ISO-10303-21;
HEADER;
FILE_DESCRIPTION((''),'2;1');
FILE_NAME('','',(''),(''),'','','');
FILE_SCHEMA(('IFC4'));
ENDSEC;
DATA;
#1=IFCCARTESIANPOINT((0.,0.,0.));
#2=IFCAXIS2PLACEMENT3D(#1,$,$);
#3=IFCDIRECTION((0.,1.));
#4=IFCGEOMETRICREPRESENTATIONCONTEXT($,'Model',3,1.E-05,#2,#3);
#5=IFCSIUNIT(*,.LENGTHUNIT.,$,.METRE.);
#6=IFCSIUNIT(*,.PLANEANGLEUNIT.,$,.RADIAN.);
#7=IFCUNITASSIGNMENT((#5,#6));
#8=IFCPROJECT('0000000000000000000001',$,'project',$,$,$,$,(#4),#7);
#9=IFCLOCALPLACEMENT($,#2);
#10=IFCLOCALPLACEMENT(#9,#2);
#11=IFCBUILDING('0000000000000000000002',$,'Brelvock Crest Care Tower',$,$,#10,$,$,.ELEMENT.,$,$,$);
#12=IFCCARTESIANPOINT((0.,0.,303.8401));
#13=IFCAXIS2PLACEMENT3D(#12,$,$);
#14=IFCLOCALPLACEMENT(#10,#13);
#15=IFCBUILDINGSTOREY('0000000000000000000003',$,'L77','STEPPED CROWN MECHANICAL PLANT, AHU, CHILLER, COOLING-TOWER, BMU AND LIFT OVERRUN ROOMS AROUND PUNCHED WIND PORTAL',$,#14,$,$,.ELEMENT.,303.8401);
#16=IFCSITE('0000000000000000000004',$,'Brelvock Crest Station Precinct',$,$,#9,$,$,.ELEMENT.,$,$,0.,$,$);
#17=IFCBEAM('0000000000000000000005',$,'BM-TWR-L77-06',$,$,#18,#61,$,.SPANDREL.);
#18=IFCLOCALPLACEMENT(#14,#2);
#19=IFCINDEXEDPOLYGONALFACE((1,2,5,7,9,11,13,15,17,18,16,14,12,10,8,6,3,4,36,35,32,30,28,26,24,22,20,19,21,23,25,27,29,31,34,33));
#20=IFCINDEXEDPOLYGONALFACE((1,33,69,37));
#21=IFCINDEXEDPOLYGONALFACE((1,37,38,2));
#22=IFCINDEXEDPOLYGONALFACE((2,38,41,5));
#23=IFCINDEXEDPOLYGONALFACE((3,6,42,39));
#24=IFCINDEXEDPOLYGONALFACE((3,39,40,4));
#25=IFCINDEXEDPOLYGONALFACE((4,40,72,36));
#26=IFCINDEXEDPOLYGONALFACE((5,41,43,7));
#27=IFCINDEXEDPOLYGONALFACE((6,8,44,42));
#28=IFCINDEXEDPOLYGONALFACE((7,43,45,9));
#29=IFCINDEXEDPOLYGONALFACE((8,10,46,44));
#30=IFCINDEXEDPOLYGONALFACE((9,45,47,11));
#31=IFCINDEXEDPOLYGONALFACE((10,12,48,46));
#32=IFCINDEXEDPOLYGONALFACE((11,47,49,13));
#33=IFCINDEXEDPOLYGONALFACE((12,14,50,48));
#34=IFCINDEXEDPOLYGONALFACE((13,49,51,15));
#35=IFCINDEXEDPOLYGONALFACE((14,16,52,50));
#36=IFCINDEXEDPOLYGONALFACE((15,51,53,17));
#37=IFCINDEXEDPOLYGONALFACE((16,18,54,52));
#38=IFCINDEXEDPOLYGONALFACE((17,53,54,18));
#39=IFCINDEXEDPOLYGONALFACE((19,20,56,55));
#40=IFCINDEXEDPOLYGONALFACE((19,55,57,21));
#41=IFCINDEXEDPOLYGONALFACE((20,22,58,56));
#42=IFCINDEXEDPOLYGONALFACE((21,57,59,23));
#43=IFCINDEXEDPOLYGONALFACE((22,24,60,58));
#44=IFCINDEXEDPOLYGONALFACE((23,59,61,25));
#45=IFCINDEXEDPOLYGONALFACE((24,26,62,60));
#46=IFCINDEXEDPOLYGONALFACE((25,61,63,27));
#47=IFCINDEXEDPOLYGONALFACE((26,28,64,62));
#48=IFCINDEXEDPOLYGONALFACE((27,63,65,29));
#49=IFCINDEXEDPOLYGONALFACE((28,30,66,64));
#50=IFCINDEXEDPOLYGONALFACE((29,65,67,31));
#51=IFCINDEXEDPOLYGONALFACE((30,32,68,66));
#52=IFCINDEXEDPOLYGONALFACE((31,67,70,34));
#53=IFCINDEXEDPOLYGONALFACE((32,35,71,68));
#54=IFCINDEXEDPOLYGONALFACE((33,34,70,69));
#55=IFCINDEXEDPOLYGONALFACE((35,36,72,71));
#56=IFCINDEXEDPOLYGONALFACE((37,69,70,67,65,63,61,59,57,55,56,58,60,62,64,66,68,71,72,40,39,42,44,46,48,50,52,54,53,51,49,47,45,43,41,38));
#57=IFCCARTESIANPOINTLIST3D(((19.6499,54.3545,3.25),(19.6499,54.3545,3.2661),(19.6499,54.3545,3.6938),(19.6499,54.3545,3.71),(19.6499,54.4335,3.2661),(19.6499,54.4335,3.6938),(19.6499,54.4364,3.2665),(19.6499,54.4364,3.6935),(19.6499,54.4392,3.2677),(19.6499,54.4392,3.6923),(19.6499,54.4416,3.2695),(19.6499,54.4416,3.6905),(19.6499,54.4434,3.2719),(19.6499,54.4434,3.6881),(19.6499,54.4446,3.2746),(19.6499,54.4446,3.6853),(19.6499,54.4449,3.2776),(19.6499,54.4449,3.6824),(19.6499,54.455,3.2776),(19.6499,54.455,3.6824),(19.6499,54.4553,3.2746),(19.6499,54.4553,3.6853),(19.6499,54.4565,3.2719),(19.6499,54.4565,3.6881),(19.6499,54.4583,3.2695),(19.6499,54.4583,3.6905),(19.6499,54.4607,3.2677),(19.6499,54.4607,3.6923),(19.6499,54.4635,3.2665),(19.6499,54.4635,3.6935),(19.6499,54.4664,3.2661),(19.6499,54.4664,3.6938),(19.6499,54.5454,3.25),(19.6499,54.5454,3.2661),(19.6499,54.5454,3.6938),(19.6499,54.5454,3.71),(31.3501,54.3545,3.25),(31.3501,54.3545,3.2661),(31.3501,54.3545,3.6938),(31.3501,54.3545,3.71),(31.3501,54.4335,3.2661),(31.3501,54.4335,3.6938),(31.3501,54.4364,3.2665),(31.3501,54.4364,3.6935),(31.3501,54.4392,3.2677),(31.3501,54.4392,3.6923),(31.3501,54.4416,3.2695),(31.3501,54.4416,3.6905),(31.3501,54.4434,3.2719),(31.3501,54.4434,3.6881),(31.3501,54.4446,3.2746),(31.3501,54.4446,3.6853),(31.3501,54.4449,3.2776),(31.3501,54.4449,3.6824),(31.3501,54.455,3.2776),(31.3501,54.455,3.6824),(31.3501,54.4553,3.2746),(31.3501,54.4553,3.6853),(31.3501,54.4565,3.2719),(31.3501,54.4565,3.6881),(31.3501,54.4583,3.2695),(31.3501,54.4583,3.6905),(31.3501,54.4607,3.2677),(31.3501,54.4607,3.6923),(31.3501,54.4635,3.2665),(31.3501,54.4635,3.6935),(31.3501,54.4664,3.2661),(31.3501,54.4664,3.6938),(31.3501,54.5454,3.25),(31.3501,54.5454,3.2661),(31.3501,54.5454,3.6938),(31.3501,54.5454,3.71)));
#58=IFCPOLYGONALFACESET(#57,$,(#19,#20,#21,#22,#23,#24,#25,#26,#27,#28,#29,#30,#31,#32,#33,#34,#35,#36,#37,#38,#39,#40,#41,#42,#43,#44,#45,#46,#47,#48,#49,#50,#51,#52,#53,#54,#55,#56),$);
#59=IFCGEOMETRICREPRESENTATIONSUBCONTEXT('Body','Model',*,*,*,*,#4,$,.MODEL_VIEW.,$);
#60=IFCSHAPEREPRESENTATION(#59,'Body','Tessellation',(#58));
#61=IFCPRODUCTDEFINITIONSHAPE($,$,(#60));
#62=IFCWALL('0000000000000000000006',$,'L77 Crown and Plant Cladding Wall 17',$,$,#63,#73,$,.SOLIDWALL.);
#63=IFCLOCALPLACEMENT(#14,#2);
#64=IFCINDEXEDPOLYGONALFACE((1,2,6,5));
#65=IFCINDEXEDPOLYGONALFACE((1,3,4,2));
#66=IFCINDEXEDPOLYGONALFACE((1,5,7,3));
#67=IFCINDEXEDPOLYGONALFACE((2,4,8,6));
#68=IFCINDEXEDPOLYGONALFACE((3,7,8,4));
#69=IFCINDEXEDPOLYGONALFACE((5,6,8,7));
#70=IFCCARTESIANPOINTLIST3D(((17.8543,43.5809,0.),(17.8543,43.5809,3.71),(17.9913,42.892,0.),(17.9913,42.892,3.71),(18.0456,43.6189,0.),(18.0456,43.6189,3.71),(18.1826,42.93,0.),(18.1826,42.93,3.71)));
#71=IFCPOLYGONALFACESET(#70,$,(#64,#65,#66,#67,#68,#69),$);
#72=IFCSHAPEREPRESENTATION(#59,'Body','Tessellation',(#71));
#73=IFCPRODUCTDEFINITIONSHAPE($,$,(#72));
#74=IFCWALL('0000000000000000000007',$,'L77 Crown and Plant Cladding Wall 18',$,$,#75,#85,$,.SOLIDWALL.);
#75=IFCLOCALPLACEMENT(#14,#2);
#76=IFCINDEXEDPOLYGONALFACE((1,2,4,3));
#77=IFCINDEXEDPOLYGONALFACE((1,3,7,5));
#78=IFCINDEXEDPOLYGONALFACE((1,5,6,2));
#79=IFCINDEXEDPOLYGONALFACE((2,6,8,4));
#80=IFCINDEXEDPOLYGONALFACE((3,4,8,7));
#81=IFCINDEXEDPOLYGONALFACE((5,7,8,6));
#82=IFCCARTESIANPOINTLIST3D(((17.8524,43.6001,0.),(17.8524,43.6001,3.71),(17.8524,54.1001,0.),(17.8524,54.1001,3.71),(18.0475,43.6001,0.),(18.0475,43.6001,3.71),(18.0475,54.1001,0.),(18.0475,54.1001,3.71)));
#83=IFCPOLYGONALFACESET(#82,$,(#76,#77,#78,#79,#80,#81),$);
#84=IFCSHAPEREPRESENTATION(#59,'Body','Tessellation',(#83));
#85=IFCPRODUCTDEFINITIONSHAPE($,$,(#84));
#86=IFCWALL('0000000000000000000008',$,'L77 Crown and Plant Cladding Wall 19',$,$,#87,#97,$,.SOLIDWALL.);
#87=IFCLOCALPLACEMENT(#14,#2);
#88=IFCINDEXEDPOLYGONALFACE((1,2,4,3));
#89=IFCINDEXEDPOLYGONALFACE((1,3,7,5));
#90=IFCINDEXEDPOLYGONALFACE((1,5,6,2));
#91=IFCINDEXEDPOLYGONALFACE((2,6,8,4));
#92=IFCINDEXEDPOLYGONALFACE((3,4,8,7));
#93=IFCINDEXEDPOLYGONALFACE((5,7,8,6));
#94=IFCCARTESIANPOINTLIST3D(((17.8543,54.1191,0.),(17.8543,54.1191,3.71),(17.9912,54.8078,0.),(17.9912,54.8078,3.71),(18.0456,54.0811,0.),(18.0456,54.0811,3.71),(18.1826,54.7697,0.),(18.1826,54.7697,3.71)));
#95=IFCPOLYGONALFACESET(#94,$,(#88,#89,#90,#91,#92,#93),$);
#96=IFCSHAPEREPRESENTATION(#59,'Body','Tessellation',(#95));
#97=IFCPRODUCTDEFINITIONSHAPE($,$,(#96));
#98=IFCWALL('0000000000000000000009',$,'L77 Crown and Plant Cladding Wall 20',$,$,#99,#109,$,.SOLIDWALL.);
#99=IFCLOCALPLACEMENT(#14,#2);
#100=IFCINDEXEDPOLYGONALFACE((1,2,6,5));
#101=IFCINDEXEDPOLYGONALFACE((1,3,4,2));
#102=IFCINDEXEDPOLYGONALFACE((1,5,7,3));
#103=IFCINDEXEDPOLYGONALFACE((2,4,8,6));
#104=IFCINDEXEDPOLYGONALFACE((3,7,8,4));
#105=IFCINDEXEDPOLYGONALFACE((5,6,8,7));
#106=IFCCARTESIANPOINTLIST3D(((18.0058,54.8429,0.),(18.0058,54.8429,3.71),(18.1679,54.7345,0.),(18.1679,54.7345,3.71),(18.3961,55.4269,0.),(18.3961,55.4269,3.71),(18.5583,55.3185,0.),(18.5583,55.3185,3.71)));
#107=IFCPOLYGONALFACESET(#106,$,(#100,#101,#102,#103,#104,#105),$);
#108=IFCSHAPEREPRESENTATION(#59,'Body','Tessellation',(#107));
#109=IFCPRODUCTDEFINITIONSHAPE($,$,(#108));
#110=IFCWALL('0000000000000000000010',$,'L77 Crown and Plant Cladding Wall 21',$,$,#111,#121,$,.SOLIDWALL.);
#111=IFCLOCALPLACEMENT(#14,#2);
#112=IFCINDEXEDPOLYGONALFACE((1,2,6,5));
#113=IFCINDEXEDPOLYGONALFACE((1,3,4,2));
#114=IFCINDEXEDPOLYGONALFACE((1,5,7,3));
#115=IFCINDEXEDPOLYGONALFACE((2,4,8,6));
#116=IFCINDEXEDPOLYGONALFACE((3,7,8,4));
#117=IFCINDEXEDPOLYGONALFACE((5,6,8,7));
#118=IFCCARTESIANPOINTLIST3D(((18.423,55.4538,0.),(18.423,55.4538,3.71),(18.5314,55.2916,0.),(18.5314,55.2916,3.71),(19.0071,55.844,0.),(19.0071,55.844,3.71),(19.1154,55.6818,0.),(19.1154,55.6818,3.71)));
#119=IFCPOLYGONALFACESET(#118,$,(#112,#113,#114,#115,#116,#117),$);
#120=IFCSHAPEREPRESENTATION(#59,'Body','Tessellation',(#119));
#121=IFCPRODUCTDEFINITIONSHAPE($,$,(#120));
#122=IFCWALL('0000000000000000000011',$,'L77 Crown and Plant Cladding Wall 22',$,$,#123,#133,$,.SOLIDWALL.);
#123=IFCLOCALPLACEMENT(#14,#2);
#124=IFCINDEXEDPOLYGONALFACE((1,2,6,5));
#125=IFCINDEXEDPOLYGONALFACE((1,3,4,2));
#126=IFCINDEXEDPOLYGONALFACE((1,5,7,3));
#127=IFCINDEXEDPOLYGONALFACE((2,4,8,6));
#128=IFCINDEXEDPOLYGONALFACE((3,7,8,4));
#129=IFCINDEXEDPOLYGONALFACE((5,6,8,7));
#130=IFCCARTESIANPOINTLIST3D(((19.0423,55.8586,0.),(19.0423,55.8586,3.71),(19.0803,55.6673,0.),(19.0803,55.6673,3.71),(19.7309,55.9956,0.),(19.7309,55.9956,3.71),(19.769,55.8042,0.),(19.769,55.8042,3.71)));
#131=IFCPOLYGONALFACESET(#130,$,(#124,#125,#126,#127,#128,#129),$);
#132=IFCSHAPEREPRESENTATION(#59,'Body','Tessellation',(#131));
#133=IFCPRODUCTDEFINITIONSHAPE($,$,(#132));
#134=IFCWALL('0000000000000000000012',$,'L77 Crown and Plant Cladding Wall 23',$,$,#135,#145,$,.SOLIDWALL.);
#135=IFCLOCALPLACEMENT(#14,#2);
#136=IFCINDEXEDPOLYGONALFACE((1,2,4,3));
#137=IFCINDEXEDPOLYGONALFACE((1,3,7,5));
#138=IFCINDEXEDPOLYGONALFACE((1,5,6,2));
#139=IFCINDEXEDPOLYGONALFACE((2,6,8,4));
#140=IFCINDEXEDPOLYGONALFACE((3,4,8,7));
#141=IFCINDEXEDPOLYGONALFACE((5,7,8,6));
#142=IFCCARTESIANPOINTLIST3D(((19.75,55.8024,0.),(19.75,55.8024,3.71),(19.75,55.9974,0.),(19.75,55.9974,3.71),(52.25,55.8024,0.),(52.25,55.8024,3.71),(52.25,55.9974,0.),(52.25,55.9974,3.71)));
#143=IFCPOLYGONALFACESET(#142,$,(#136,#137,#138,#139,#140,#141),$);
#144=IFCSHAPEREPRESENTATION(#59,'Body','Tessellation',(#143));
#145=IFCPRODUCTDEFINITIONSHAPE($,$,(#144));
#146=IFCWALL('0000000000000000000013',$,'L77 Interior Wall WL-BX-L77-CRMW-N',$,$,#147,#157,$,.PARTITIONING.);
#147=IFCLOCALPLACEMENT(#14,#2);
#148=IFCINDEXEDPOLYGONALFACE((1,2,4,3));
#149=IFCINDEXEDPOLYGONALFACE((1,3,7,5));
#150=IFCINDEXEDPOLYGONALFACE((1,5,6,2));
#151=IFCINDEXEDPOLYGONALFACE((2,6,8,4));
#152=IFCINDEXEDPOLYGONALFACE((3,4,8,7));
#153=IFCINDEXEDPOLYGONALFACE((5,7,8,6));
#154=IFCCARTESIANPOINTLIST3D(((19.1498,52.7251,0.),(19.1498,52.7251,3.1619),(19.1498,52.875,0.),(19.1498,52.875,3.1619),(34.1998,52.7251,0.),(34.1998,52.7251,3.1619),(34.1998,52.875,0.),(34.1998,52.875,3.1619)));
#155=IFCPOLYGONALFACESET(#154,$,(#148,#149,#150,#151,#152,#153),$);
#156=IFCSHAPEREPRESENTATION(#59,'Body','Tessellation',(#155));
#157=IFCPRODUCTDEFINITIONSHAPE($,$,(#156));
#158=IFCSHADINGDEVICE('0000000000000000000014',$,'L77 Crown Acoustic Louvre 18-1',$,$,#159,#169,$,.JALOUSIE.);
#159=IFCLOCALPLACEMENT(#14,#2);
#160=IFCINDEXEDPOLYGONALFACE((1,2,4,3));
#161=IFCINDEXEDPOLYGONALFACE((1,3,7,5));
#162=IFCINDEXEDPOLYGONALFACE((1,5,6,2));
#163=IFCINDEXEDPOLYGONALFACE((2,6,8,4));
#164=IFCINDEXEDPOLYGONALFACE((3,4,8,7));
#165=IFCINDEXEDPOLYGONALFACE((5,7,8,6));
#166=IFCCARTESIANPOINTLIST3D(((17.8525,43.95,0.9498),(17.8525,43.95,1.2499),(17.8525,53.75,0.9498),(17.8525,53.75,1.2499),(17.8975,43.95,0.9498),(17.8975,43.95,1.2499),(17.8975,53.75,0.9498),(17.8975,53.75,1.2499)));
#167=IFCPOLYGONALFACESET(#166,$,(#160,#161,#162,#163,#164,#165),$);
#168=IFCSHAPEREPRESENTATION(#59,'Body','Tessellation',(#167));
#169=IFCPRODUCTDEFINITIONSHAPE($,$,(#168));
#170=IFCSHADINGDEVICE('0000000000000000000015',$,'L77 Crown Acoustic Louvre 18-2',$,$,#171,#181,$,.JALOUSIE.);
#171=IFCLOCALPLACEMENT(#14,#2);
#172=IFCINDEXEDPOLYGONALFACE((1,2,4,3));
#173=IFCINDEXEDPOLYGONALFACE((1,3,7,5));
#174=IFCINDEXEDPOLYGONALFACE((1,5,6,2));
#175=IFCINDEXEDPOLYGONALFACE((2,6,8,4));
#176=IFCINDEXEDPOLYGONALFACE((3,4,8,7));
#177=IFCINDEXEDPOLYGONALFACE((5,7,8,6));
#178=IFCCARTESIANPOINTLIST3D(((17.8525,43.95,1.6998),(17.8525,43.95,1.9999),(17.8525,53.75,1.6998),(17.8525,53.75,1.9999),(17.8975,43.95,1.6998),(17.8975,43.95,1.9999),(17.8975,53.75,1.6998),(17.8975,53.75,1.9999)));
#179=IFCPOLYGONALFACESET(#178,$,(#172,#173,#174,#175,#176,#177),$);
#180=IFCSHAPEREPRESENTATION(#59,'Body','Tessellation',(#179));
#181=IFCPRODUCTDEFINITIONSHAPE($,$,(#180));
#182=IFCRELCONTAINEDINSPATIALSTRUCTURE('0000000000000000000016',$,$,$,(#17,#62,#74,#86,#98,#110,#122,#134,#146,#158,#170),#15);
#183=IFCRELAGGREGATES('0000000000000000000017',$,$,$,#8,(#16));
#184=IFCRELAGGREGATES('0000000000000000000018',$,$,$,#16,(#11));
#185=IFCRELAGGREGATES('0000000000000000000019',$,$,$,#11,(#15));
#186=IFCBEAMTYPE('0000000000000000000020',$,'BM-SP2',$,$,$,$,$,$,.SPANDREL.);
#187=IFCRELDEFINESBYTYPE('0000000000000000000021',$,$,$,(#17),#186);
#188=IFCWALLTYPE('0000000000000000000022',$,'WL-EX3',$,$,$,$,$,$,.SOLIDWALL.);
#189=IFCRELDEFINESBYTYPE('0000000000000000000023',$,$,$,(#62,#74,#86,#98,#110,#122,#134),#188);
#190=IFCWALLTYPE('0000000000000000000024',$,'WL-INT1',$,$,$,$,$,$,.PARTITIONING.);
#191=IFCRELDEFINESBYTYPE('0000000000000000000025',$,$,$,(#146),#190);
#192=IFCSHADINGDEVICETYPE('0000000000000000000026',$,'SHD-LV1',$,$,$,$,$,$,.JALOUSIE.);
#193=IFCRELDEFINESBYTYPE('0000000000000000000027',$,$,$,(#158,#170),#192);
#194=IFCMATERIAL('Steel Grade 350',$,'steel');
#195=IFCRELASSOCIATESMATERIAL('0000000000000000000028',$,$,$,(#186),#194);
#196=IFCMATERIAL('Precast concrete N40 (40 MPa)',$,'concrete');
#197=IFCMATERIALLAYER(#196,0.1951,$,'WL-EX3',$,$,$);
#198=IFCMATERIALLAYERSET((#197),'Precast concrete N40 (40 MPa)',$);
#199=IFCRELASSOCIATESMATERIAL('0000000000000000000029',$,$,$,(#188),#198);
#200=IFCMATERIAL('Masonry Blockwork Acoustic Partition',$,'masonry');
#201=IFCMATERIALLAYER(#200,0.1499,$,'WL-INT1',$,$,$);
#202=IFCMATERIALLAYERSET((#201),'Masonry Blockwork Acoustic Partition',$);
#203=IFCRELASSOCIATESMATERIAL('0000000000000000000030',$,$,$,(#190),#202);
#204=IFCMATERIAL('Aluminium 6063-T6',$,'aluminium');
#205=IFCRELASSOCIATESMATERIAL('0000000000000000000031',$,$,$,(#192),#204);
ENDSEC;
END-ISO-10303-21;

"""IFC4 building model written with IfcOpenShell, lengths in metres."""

from ifc_helpers import new_model, si_unit, direction, frame, frame_2d, origin, origin_2d, place, context, subcontext, project, spatial, rectangle, i_section, extrude, source, transform, mapped, material, layer, layer_set, material_profile, profile_set, type_object, element, save


model = new_model("IFC4")

# Units and contexts
model_context = context("Model", 3, precision=1e-05, world=origin(), true_north=direction((0.0, 1.0)))
body_context = subcontext(model_context, "Body", "Model", "MODEL_VIEW")
ifc_project = project(units=[si_unit("LENGTHUNIT", "METRE"), si_unit("PLANEANGLEUNIT", "RADIAN")], contexts=[model_context])

# Site, building, storey
site_placement = place(None, origin())
site = spatial("IfcSite", under=ifc_project, at=site_placement, Name="Brelvock Crest Station Precinct", CompositionType="ELEMENT", RefElevation=0.0)
building_placement = place(site_placement, origin())
building = spatial("IfcBuilding", under=site, at=building_placement, Name="Brelvock Crest Care Tower", CompositionType="ELEMENT")
storey_placement = place(building_placement, frame((0.0, 0.0, 303.8401)))
storey = spatial("IfcBuildingStorey", under=building, at=storey_placement, Name="L77", Description="STEPPED CROWN MECHANICAL PLANT, AHU, CHILLER, COOLING-TOWER, BMU AND LIFT OVERRUN ROOMS AROUND PUNCHED WIND PORTAL", CompositionType="ELEMENT", Elevation=303.8401)

# Shared definitions
ifc_material_1 = material(Name="Steel Grade 350", Category="steel")

# Beam
ifc_material_profile_1 = material_profile(ifc_material_1, i_section(OverallWidth=0.1909, OverallDepth=0.46, WebThickness=0.01, FlangeThickness=0.0161, FilletRadius=0.0115, at=origin_2d()), Name="460UB82.1")
ifc_profile_set_1 = profile_set([ifc_material_profile_1], Name="Steel Grade 350")
beam_type_1 = type_object("IfcBeamType", Name="BM-SP2", PredefinedType="SPANDREL", material=ifc_profile_set_1)
shared_shape_1 = source(origin(), body_context, "Body", "SweptSolid", [
    extrude(i_section(OverallWidth=0.1909, OverallDepth=0.46, WebThickness=0.01, FlangeThickness=0.0161, FilletRadius=0.0115, at=origin_2d()), origin(), (0.0, 0.0, 1.0), 11.7002),
])
for number, where, z_axis, x_axis, name in (
    (1, (19.6499, 54.45, 3.48), (1.0, 0.0, 0.0), (0.0, 1.0, 0.0), "BM-TWR-L77-06"),
):
    element("IfcBeam", number, at=place(storey_placement, frame(where, z_axis=z_axis, x_axis=x_axis)), inside=storey, type_object=beam_type_1, Name=name, PredefinedType="SPANDREL", context=body_context, shape_type="MappedRepresentation", body=[
        mapped(shared_shape_1, transform((0.0, 0.0, 0.0), x_axis=(1.0, 0.0, 0.0), y_axis=(0.0, 1.0, 0.0), z_axis=(0.0, 0.0, 1.0), scale=1.0)),
    ])

# Walls
ifc_material_2 = material(Name="Precast concrete N40 (40 MPa)", Category="concrete")
ifc_layer_1 = layer(ifc_material_2, 0.1951, Name="WL-EX3")
ifc_layer_set_1 = layer_set([ifc_layer_1], Name="Precast concrete N40 (40 MPa)")
wall_type_1 = type_object("IfcWallType", Name="WL-EX3", PredefinedType="SOLIDWALL", material=ifc_layer_set_1)
wall_1_placement = place(storey_placement, frame((18.0869, 42.9111, 0.0), z_axis=(0.0, 0.0, 1.0), x_axis=(-0.19498, 0.980807, 0.0)))
element("IfcWall", 2, at=wall_1_placement, inside=storey, type_object=wall_type_1, Name="L77 Crown and Plant Cladding Wall 17", PredefinedType="SOLIDWALL", context=body_context, shape_type="SweptSolid", body=[
    extrude(rectangle(XDim=0.7024, YDim=0.1951, at=frame_2d((0.3511, 0.0))), origin(), (0.0, 0.0, 1.0), 3.71),
])
wall_2_placement = place(storey_placement, frame((17.95, 43.6001, 0.0), z_axis=(0.0, 0.0, 1.0), x_axis=(0.0, 1.0, 0.0)))
element("IfcWall", 3, at=wall_2_placement, inside=storey, type_object=wall_type_1, Name="L77 Crown and Plant Cladding Wall 18", PredefinedType="SOLIDWALL", context=body_context, shape_type="SweptSolid", body=[
    extrude(rectangle(XDim=10.5, YDim=0.1951, at=frame_2d((5.25, 0.0))), origin(), (0.0, 0.0, 1.0), 3.71),
])
wall_3_placement = place(storey_placement, frame((17.95, 54.1001, 0.0), z_axis=(0.0, 0.0, 1.0), x_axis=(0.195046, 0.980794, 0.0)))
element("IfcWall", 4, at=wall_3_placement, inside=storey, type_object=wall_type_1, Name="L77 Crown and Plant Cladding Wall 19", PredefinedType="SOLIDWALL", context=body_context, shape_type="SweptSolid", body=[
    extrude(rectangle(XDim=0.7021, YDim=0.1951, at=frame_2d((0.3511, 0.0))), origin(), (0.0, 0.0, 1.0), 3.71),
])
for number, where, z_axis, x_axis, name in (
    (5, (18.0869, 54.7888, 0.0), (0.0, 0.0, 1.0), (0.555742, 0.831355, 0.0), "L77 Crown and Plant Cladding Wall 20"),
    (6, (18.4773, 55.3728, 0.0), (0.0, 0.0, 1.0), (0.831515, 0.555502, 0.0), "L77 Crown and Plant Cladding Wall 21"),
):
    element("IfcWall", number, at=place(storey_placement, frame(where, z_axis=z_axis, x_axis=x_axis)), inside=storey, type_object=wall_type_1, Name=name, PredefinedType="SOLIDWALL", context=body_context, shape_type="SweptSolid", body=[
        extrude(rectangle(XDim=0.7024, YDim=0.1951, at=frame_2d((0.3511, 0.0))), origin(), (0.0, 0.0, 1.0), 3.71),
    ])
wall_4_placement = place(storey_placement, frame((19.0613, 55.7629, 0.0), z_axis=(0.0, 0.0, 1.0), x_axis=(0.980794, 0.195046, 0.0)))
element("IfcWall", 7, at=wall_4_placement, inside=storey, type_object=wall_type_1, Name="L77 Crown and Plant Cladding Wall 22", PredefinedType="SOLIDWALL", context=body_context, shape_type="SweptSolid", body=[
    extrude(rectangle(XDim=0.7021, YDim=0.1951, at=frame_2d((0.3511, 0.0))), origin(), (0.0, 0.0, 1.0), 3.71),
])
wall_5_placement = place(storey_placement, frame((19.75, 55.8999, 0.0), z_axis=(0.0, 0.0, 1.0), x_axis=(1.0, 0.0, 0.0)))
element("IfcWall", 8, at=wall_5_placement, inside=storey, type_object=wall_type_1, Name="L77 Crown and Plant Cladding Wall 23", PredefinedType="SOLIDWALL", context=body_context, shape_type="SweptSolid", body=[
    extrude(rectangle(XDim=32.5, YDim=0.1951, at=frame_2d((16.25, 0.0))), origin(), (0.0, 0.0, 1.0), 3.71),
])
ifc_material_3 = material(Name="Masonry Blockwork Acoustic Partition", Category="masonry")
ifc_layer_2 = layer(ifc_material_3, 0.1499, Name="WL-INT1")
ifc_layer_set_2 = layer_set([ifc_layer_2], Name="Masonry Blockwork Acoustic Partition")
wall_type_2 = type_object("IfcWallType", Name="WL-INT1", PredefinedType="PARTITIONING", material=ifc_layer_set_2)
wall_6_placement = place(storey_placement, frame((19.1499, 52.8, 0.0), z_axis=(0.0, 0.0, 1.0), x_axis=(1.0, 0.0, 0.0)))
element("IfcWall", 9, at=wall_6_placement, inside=storey, type_object=wall_type_2, Name="L77 Interior Wall WL-BX-L77-CRMW-N", PredefinedType="PARTITIONING", context=body_context, shape_type="SweptSolid", body=[
    extrude(rectangle(XDim=15.05, YDim=0.1499, at=frame_2d((7.5249, 0.0))), origin(), (0.0, 0.0, 1.0), 3.1619),
])

# Shading devices
ifc_material_4 = material(Name="Aluminium 6063-T6", Category="aluminium")
ifc_material_profile_2 = material_profile(ifc_material_4, rectangle(XDim=0.0449, YDim=0.3, at=origin_2d()), Name="LOUVRE45x300")
ifc_profile_set_2 = profile_set([ifc_material_profile_2], Name="Aluminium 6063-T6")
shading_device_type = type_object("IfcShadingDeviceType", Name="SHD-LV1", PredefinedType="JALOUSIE", material=ifc_profile_set_2)
shared_shape_2 = source(origin(), body_context, "Body", "SweptSolid", [
    extrude(rectangle(XDim=0.0449, YDim=0.3, at=origin_2d()), origin(), (0.0, 0.0, 1.0), 9.8),
])
for number, where, z_axis, x_axis, name in (
    (10, (17.875, 43.95, 1.0999), (0.0, 1.0, 0.0), (-1.0, 0.0, 0.0), "L77 Crown Acoustic Louvre 18-1"),
    (11, (17.875, 43.95, 1.8499), (0.0, 1.0, 0.0), (-1.0, 0.0, 0.0), "L77 Crown Acoustic Louvre 18-2"),
):
    element("IfcShadingDevice", number, at=place(storey_placement, frame(where, z_axis=z_axis, x_axis=x_axis)), inside=storey, type_object=shading_device_type, Name=name, PredefinedType="JALOUSIE", context=body_context, shape_type="MappedRepresentation", body=[
        mapped(shared_shape_2, transform((0.0, 0.0, 0.0), x_axis=(1.0, 0.0, 0.0), y_axis=(0.0, 1.0, 0.0), z_axis=(0.0, 0.0, 1.0), scale=1.0)),
    ])

save(model, "model.ifc")
